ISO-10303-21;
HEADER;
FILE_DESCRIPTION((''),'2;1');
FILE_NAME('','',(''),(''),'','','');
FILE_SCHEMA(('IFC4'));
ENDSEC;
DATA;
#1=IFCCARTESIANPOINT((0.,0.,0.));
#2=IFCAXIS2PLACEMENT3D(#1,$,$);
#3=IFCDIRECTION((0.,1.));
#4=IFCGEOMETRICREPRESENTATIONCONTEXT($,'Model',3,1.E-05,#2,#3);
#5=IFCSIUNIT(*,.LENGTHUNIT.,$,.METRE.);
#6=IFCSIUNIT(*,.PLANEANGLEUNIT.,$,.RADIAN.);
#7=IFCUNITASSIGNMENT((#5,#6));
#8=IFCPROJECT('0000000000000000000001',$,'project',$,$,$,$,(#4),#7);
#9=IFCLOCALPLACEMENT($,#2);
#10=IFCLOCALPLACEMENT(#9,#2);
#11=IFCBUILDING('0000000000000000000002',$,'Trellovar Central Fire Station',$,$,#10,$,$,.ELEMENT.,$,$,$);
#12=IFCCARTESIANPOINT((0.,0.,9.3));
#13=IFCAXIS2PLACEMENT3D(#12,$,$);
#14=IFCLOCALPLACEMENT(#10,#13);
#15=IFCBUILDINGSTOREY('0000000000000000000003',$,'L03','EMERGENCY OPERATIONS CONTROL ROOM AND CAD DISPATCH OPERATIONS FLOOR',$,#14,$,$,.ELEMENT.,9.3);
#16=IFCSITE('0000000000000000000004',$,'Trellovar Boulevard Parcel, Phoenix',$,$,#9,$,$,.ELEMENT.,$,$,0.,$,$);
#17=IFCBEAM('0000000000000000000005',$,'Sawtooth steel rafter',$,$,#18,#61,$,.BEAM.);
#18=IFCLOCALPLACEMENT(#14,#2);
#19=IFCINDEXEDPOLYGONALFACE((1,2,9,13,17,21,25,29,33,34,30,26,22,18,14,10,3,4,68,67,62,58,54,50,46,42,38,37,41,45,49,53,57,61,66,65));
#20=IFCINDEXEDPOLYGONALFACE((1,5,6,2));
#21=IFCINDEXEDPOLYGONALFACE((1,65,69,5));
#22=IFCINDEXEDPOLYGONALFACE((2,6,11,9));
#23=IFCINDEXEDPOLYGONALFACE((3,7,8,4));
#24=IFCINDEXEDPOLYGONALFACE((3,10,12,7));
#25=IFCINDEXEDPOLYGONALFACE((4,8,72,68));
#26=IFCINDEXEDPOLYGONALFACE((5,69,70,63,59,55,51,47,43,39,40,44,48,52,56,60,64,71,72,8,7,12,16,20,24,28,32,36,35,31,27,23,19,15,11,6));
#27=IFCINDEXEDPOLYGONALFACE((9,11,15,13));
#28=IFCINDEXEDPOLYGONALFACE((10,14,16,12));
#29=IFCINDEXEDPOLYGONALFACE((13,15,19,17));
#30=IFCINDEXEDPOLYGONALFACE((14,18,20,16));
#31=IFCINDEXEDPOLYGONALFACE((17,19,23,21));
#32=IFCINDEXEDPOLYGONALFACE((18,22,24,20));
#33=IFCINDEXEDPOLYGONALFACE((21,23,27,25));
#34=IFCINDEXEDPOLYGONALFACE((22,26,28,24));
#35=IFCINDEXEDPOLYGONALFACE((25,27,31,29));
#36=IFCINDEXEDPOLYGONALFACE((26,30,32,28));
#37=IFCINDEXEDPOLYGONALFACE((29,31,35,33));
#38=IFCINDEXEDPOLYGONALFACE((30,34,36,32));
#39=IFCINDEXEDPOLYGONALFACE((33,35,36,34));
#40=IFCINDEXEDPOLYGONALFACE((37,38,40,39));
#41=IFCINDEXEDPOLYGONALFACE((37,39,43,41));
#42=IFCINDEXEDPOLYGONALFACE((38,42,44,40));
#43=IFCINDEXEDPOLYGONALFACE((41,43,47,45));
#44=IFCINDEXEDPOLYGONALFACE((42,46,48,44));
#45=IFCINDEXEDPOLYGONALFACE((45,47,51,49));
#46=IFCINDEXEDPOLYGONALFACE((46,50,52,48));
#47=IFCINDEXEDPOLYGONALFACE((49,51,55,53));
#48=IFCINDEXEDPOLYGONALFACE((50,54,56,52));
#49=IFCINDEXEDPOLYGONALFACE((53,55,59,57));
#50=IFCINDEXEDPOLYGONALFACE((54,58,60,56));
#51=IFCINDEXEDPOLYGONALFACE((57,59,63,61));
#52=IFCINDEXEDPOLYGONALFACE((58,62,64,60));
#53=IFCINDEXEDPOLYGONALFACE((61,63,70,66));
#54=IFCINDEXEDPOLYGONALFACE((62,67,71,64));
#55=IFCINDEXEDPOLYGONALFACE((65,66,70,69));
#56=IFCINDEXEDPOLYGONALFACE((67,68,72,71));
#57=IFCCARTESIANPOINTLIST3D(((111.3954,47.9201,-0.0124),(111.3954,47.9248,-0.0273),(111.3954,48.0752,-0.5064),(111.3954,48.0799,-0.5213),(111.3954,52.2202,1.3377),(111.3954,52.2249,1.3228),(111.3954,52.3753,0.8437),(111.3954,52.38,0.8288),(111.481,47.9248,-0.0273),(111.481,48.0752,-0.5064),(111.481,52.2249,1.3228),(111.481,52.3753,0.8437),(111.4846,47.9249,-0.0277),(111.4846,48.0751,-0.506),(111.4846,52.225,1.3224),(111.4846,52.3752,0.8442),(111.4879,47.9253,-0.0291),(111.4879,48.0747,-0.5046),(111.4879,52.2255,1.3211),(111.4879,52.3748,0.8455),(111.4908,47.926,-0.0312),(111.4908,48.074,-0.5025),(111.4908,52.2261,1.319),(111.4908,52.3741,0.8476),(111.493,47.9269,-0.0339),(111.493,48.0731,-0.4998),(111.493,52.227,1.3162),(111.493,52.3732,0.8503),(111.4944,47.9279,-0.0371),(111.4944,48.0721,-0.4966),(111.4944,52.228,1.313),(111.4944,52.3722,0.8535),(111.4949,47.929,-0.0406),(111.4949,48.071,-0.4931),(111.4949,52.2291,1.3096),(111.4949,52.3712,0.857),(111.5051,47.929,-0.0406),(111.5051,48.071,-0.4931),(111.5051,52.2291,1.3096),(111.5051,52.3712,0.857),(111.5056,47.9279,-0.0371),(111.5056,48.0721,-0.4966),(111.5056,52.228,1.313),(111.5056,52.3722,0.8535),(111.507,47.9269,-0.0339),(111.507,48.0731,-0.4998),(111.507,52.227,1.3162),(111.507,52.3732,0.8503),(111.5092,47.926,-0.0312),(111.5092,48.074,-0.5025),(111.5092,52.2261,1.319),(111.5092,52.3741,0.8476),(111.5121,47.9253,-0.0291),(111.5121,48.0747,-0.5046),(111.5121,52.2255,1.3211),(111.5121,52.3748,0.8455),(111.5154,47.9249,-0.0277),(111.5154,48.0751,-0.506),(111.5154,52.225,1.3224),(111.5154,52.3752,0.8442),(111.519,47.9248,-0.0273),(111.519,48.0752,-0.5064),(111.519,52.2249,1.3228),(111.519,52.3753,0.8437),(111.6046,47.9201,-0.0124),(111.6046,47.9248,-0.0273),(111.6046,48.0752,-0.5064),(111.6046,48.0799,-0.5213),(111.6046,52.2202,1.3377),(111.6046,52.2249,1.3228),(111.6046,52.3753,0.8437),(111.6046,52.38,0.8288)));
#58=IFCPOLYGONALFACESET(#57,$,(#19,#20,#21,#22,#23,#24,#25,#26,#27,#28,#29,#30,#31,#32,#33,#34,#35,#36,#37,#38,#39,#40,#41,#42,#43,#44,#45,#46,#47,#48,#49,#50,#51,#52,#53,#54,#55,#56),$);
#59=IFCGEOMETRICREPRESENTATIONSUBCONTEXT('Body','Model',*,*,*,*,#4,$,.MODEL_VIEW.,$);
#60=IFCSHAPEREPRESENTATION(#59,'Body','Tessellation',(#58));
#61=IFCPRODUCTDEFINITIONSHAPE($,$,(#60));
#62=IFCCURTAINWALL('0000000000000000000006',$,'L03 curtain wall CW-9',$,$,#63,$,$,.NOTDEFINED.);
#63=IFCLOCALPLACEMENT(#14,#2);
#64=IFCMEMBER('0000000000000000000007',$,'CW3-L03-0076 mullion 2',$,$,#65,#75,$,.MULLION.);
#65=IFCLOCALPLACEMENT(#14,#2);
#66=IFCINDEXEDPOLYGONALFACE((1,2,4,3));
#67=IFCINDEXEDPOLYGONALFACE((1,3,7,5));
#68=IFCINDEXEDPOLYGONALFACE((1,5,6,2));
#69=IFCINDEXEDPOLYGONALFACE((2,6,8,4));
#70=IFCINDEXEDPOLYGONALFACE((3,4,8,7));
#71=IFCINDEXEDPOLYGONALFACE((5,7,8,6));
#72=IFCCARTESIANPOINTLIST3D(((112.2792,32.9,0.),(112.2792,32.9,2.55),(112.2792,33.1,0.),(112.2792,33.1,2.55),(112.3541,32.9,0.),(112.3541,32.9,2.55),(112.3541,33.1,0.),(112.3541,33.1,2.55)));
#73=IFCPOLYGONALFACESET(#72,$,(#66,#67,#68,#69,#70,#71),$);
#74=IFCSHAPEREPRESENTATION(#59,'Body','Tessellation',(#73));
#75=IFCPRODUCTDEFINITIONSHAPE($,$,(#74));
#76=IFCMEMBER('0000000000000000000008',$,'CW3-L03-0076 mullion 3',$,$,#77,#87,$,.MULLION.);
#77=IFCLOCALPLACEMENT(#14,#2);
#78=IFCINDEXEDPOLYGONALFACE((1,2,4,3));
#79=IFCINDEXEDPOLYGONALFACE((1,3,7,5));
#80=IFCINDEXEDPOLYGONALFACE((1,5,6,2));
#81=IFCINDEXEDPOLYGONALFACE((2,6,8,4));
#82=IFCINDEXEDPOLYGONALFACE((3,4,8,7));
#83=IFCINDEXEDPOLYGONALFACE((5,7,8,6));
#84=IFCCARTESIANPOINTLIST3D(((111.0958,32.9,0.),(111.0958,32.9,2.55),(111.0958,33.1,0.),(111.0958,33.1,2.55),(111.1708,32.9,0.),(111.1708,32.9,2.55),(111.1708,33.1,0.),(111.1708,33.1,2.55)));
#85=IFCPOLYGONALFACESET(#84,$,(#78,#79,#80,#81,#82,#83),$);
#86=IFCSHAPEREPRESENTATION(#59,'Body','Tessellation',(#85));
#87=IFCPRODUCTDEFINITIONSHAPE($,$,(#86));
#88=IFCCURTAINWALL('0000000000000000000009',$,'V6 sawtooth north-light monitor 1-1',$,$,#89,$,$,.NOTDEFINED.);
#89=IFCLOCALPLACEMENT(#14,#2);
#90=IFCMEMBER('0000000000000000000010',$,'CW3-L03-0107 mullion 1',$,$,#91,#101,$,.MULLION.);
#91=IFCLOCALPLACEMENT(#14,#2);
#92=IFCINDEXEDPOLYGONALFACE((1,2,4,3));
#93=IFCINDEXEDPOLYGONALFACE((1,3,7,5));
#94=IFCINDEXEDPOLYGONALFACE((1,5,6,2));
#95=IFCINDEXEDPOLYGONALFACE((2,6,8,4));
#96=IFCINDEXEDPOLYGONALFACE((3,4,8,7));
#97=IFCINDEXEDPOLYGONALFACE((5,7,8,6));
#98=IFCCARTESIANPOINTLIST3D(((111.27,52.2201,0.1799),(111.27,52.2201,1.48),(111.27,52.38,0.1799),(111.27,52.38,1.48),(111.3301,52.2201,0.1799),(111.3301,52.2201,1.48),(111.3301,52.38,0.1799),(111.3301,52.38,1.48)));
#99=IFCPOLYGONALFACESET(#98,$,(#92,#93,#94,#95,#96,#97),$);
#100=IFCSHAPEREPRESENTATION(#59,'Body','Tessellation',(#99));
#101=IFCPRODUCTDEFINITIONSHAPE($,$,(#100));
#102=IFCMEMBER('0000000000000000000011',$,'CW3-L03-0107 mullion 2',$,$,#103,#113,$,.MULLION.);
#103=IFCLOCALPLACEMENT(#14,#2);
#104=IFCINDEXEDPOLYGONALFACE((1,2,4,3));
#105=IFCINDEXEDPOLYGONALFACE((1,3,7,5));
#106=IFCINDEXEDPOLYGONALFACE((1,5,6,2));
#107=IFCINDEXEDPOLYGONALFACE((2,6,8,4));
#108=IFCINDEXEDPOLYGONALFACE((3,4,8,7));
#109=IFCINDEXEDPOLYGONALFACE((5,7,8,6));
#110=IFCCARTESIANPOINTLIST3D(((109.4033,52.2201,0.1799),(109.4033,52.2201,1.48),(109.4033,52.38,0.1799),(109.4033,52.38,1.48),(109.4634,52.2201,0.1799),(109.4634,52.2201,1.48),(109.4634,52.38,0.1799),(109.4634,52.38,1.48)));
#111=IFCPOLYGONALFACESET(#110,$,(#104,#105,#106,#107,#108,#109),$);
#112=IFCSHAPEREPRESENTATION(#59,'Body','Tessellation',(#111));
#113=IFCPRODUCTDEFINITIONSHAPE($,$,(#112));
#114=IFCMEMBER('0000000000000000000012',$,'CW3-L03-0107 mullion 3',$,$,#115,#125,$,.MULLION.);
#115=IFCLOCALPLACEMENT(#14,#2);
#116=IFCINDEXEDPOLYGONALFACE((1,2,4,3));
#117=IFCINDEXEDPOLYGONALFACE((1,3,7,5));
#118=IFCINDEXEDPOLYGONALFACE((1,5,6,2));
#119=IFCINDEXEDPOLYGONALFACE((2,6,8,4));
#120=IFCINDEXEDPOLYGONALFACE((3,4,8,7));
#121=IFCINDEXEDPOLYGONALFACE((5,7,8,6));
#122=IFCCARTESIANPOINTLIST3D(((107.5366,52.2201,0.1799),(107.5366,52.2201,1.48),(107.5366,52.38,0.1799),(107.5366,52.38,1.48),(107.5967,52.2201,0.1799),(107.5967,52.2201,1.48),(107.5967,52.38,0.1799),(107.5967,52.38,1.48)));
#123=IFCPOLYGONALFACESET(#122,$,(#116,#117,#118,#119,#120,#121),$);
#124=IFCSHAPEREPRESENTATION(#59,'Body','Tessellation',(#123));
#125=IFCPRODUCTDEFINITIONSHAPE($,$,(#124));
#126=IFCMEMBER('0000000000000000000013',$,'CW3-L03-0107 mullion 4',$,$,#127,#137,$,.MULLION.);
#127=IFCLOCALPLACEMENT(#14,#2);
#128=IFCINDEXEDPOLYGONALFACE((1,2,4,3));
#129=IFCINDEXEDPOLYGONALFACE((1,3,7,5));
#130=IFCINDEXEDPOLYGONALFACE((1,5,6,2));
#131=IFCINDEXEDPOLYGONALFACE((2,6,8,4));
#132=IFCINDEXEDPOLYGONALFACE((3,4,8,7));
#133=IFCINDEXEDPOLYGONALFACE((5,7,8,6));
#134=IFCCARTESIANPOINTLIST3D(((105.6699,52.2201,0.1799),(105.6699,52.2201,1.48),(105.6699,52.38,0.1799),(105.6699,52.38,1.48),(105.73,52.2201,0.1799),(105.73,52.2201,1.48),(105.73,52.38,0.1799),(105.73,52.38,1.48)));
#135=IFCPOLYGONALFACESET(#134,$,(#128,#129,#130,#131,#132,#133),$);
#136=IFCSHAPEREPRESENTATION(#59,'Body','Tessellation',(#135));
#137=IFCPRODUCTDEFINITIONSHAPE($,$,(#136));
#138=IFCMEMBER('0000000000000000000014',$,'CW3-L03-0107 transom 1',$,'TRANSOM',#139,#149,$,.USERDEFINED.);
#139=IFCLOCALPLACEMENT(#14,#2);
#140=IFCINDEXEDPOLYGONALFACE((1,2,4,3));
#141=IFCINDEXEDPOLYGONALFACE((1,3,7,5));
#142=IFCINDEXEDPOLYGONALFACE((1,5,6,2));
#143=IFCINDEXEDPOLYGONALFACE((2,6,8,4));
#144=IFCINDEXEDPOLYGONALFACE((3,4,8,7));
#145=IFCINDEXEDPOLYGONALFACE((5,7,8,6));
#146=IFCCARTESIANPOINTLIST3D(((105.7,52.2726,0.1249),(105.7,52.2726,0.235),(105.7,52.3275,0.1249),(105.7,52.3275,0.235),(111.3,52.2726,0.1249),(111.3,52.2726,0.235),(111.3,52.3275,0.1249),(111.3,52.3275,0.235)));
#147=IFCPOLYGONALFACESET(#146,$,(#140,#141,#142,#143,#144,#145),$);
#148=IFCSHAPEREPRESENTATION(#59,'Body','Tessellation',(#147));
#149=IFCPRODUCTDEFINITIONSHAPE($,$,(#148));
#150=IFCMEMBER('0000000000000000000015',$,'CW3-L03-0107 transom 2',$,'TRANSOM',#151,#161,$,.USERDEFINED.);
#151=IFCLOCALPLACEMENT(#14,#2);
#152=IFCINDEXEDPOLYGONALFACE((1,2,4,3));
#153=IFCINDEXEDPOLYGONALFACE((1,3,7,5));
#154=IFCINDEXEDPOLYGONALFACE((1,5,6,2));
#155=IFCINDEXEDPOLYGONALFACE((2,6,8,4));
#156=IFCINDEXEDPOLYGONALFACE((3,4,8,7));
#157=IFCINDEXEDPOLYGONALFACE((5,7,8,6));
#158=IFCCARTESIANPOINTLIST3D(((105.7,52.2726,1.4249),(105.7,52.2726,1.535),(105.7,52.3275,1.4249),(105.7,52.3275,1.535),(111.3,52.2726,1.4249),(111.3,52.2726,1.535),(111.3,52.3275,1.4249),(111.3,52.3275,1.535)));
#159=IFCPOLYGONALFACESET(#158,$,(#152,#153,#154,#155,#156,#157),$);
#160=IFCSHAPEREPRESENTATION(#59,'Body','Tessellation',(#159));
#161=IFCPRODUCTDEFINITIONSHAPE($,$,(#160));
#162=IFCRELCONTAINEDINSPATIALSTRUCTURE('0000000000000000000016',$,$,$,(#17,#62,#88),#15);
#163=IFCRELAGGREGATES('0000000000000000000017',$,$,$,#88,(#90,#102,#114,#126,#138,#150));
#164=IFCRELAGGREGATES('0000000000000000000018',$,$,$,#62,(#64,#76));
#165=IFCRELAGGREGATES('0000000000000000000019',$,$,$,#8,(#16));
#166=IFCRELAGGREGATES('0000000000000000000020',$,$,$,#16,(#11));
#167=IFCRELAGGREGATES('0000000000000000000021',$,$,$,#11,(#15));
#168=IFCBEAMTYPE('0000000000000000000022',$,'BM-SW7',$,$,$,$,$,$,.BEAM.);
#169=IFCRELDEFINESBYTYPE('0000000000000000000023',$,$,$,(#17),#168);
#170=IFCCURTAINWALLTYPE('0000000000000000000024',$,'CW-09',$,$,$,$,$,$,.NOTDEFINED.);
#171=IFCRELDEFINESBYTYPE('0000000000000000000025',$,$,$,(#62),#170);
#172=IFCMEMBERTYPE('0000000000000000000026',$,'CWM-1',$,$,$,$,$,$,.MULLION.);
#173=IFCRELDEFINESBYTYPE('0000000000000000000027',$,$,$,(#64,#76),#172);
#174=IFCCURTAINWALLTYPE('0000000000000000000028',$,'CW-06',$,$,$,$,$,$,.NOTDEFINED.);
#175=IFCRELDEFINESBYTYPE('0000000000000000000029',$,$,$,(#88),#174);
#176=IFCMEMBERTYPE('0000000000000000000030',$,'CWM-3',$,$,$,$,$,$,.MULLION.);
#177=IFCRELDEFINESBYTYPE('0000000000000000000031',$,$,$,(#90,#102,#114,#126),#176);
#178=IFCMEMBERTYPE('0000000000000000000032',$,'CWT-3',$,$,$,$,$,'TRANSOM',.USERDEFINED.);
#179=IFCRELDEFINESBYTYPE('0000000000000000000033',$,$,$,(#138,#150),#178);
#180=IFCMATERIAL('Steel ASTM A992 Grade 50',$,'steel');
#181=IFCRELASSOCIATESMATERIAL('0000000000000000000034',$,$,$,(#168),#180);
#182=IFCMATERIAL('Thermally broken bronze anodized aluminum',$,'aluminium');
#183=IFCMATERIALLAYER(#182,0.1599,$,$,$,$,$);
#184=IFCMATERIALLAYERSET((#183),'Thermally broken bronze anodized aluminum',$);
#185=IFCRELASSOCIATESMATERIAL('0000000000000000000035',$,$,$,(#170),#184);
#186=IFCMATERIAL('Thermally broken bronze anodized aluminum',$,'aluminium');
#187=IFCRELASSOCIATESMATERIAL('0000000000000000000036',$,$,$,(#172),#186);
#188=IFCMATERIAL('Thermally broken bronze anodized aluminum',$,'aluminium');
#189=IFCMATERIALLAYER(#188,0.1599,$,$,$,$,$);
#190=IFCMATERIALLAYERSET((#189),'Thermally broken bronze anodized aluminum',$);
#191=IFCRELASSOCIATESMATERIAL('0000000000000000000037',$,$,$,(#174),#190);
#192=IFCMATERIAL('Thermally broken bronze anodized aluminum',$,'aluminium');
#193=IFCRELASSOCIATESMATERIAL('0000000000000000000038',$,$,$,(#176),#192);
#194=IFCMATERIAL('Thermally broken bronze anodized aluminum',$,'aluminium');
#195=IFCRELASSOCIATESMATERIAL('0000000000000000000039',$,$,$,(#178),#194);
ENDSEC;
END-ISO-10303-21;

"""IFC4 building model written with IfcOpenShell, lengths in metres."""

from ifc_helpers import new_model, si_unit, direction, frame, origin, origin_2d, place, context, subcontext, project, spatial, rectangle, i_section, extrude, material, layer, layer_set, material_profile, profile_set, type_object, element, aggregate, save


model = new_model("IFC4")

# Units and contexts
model_context = context("Model", 3, precision=1e-05, world=origin(), true_north=direction((0.0, 1.0)))
body_context = subcontext(model_context, "Body", "Model", "MODEL_VIEW")
ifc_project = project(units=[si_unit("LENGTHUNIT", "METRE"), si_unit("PLANEANGLEUNIT", "RADIAN")], contexts=[model_context])

# Site, building, storey
site_placement = place(None, origin())
site = spatial("IfcSite", under=ifc_project, at=site_placement, Name="Trellovar Boulevard Parcel, Phoenix", CompositionType="ELEMENT", RefElevation=0.0)
building_placement = place(site_placement, origin())
building = spatial("IfcBuilding", under=site, at=building_placement, Name="Trellovar Central Fire Station", CompositionType="ELEMENT")
storey_placement = place(building_placement, frame((0.0, 0.0, 9.3)))
storey = spatial("IfcBuildingStorey", under=building, at=storey_placement, Name="L03", Description="EMERGENCY OPERATIONS CONTROL ROOM AND CAD DISPATCH OPERATIONS FLOOR", CompositionType="ELEMENT", Elevation=9.3)

# Beam
ifc_material_1 = material(Name="Steel ASTM A992 Grade 50", Category="steel")
ifc_material_profile_1 = material_profile(ifc_material_1, i_section(OverallWidth=0.2092, OverallDepth=0.5334, WebThickness=0.0103, FlangeThickness=0.0156, FilletRadius=0.0139, at=origin_2d()), Name="W21X62")
ifc_profile_set_1 = profile_set([ifc_material_profile_1], Name="Steel ASTM A992 Grade 50")
beam_type_1 = type_object("IfcBeamType", Name="BM-SW7", PredefinedType="BEAM", material=ifc_profile_set_1)
beam_1_placement = place(storey_placement, frame((111.5, 48.0, -0.2668), z_axis=(0.0, 0.954079, 0.299555), x_axis=(-1.0, 0.0, 0.0)))
element("IfcBeam", 1, at=beam_1_placement, inside=storey, type_object=beam_type_1, Name="Sawtooth steel rafter", PredefinedType="BEAM", context=body_context, shape_type="SweptSolid", body=[
    extrude(i_section(OverallWidth=0.2092, OverallDepth=0.5334, WebThickness=0.0103, FlangeThickness=0.0156, FilletRadius=0.0139, at=origin_2d()), origin(), (0.0, 0.0, 1.0), 4.5071),
])

# Curtain walls, members
ifc_material_2 = material(Name="Thermally broken bronze anodized aluminum", Category="aluminium")
ifc_layer_1 = layer(ifc_material_2, 0.1599)
ifc_layer_set_1 = layer_set([ifc_layer_1], Name="Thermally broken bronze anodized aluminum")
curtain_wall_type_1 = type_object("IfcCurtainWallType", Name="CW-09", PredefinedType="NOTDEFINED", material=ifc_layer_set_1)
curtain_wall_1_placement = place(storey_placement, origin())
curtain_wall_1 = element("IfcCurtainWall", 2, at=curtain_wall_1_placement, inside=storey, type_object=curtain_wall_type_1, Name="L03 curtain wall CW-9", PredefinedType="NOTDEFINED")
ifc_material_3 = material(Name="Thermally broken bronze anodized aluminum", Category="aluminium")
ifc_material_profile_2 = material_profile(ifc_material_3, rectangle(XDim=0.075, YDim=0.2, at=origin_2d()), Name="ALU75X200")
ifc_profile_set_2 = profile_set([ifc_material_profile_2], Name="Thermally broken bronze anodized aluminum")
member_type_1 = type_object("IfcMemberType", Name="CWM-1", PredefinedType="MULLION", material=ifc_profile_set_2)
member_1_placement = place(storey_placement, frame((112.3167, 33.0, 0.0), z_axis=(0.0, 0.0, 1.0), x_axis=(1.0, 0.0, 0.0)))
member_1 = element("IfcMember", 3, at=member_1_placement, type_object=member_type_1, Name="CW3-L03-0076 mullion 2", PredefinedType="MULLION", context=body_context, shape_type="SweptSolid", body=[
    extrude(rectangle(XDim=0.075, YDim=0.2, at=origin_2d()), origin(), (0.0, 0.0, 1.0), 2.55),
])
member_2_placement = place(storey_placement, frame((111.1333, 33.0, 0.0), z_axis=(0.0, 0.0, 1.0), x_axis=(1.0, 0.0, 0.0)))
member_2 = element("IfcMember", 4, at=member_2_placement, type_object=member_type_1, Name="CW3-L03-0076 mullion 3", PredefinedType="MULLION", context=body_context, shape_type="SweptSolid", body=[
    extrude(rectangle(XDim=0.075, YDim=0.2, at=origin_2d()), origin(), (0.0, 0.0, 1.0), 2.55),
])
ifc_material_4 = material(Name="Thermally broken bronze anodized aluminum", Category="aluminium")
ifc_layer_2 = layer(ifc_material_4, 0.1599)
ifc_layer_set_2 = layer_set([ifc_layer_2], Name="Thermally broken bronze anodized aluminum")
curtain_wall_type_2 = type_object("IfcCurtainWallType", Name="CW-06", PredefinedType="NOTDEFINED", material=ifc_layer_set_2)
curtain_wall_2_placement = place(storey_placement, origin())
curtain_wall_2 = element("IfcCurtainWall", 5, at=curtain_wall_2_placement, inside=storey, type_object=curtain_wall_type_2, Name="V6 sawtooth north-light monitor 1-1", PredefinedType="NOTDEFINED")
ifc_material_5 = material(Name="Thermally broken bronze anodized aluminum", Category="aluminium")
ifc_material_profile_3 = material_profile(ifc_material_5, rectangle(XDim=0.0601, YDim=0.1599, at=origin_2d()), Name="ALU60X160")
ifc_profile_set_3 = profile_set([ifc_material_profile_3], Name="Thermally broken bronze anodized aluminum")
member_type_2 = type_object("IfcMemberType", Name="CWM-3", PredefinedType="MULLION", material=ifc_profile_set_3)
member_3_placement = place(storey_placement, frame((111.3, 52.3, 0.1799), z_axis=(0.0, 0.0, 1.0), x_axis=(1.0, 0.0, 0.0)))
member_3 = element("IfcMember", 6, at=member_3_placement, type_object=member_type_2, Name="CW3-L03-0107 mullion 1", PredefinedType="MULLION", context=body_context, shape_type="SweptSolid", body=[
    extrude(rectangle(XDim=0.0601, YDim=0.1599, at=origin_2d()), origin(), (0.0, 0.0, 1.0), 1.3),
])
member_4_placement = place(storey_placement, frame((109.4333, 52.3, 0.1799), z_axis=(0.0, 0.0, 1.0), x_axis=(1.0, 0.0, 0.0)))
member_4 = element("IfcMember", 7, at=member_4_placement, type_object=member_type_2, Name="CW3-L03-0107 mullion 2", PredefinedType="MULLION", context=body_context, shape_type="SweptSolid", body=[
    extrude(rectangle(XDim=0.0601, YDim=0.1599, at=origin_2d()), origin(), (0.0, 0.0, 1.0), 1.3),
])
member_5_placement = place(storey_placement, frame((107.5667, 52.3, 0.1799), z_axis=(0.0, 0.0, 1.0), x_axis=(1.0, 0.0, 0.0)))
member_5 = element("IfcMember", 8, at=member_5_placement, type_object=member_type_2, Name="CW3-L03-0107 mullion 3", PredefinedType="MULLION", context=body_context, shape_type="SweptSolid", body=[
    extrude(rectangle(XDim=0.0601, YDim=0.1599, at=origin_2d()), origin(), (0.0, 0.0, 1.0), 1.3),
])
member_6_placement = place(storey_placement, frame((105.7, 52.3, 0.1799), z_axis=(0.0, 0.0, 1.0), x_axis=(1.0, 0.0, 0.0)))
member_6 = element("IfcMember", 9, at=member_6_placement, type_object=member_type_2, Name="CW3-L03-0107 mullion 4", PredefinedType="MULLION", context=body_context, shape_type="SweptSolid", body=[
    extrude(rectangle(XDim=0.0601, YDim=0.1599, at=origin_2d()), origin(), (0.0, 0.0, 1.0), 1.3),
])
ifc_material_6 = material(Name="Thermally broken bronze anodized aluminum", Category="aluminium")
ifc_material_profile_4 = material_profile(ifc_material_6, rectangle(XDim=0.0549, YDim=0.1101, at=origin_2d()), Name="ALU55X110")
ifc_profile_set_4 = profile_set([ifc_material_profile_4], Name="Thermally broken bronze anodized aluminum")
member_type_3 = type_object("IfcMemberType", Name="CWT-3", ElementType="TRANSOM", PredefinedType="USERDEFINED", material=ifc_profile_set_4)
member_7_placement = place(storey_placement, frame((111.3, 52.3, 0.1799), z_axis=(-1.0, 0.0, 0.0), x_axis=(0.0, -1.0, 0.0)))
member_7 = element("IfcMember", 10, at=member_7_placement, type_object=member_type_3, Name="CW3-L03-0107 transom 1", ObjectType="TRANSOM", PredefinedType="USERDEFINED", context=body_context, shape_type="SweptSolid", body=[
    extrude(rectangle(XDim=0.0549, YDim=0.1101, at=origin_2d()), origin(), (0.0, 0.0, 1.0), 5.6001),
])
member_8_placement = place(storey_placement, frame((111.3, 52.3, 1.48), z_axis=(-1.0, 0.0, 0.0), x_axis=(0.0, -1.0, 0.0)))
member_8 = element("IfcMember", 11, at=member_8_placement, type_object=member_type_3, Name="CW3-L03-0107 transom 2", ObjectType="TRANSOM", PredefinedType="USERDEFINED", context=body_context, shape_type="SweptSolid", body=[
    extrude(rectangle(XDim=0.0549, YDim=0.1101, at=origin_2d()), origin(), (0.0, 0.0, 1.0), 5.6001),
])

aggregate(curtain_wall_2, [member_3, member_4, member_5, member_6, member_7, member_8])
aggregate(curtain_wall_1, [member_1, member_2])

save(model, "model.ifc")
